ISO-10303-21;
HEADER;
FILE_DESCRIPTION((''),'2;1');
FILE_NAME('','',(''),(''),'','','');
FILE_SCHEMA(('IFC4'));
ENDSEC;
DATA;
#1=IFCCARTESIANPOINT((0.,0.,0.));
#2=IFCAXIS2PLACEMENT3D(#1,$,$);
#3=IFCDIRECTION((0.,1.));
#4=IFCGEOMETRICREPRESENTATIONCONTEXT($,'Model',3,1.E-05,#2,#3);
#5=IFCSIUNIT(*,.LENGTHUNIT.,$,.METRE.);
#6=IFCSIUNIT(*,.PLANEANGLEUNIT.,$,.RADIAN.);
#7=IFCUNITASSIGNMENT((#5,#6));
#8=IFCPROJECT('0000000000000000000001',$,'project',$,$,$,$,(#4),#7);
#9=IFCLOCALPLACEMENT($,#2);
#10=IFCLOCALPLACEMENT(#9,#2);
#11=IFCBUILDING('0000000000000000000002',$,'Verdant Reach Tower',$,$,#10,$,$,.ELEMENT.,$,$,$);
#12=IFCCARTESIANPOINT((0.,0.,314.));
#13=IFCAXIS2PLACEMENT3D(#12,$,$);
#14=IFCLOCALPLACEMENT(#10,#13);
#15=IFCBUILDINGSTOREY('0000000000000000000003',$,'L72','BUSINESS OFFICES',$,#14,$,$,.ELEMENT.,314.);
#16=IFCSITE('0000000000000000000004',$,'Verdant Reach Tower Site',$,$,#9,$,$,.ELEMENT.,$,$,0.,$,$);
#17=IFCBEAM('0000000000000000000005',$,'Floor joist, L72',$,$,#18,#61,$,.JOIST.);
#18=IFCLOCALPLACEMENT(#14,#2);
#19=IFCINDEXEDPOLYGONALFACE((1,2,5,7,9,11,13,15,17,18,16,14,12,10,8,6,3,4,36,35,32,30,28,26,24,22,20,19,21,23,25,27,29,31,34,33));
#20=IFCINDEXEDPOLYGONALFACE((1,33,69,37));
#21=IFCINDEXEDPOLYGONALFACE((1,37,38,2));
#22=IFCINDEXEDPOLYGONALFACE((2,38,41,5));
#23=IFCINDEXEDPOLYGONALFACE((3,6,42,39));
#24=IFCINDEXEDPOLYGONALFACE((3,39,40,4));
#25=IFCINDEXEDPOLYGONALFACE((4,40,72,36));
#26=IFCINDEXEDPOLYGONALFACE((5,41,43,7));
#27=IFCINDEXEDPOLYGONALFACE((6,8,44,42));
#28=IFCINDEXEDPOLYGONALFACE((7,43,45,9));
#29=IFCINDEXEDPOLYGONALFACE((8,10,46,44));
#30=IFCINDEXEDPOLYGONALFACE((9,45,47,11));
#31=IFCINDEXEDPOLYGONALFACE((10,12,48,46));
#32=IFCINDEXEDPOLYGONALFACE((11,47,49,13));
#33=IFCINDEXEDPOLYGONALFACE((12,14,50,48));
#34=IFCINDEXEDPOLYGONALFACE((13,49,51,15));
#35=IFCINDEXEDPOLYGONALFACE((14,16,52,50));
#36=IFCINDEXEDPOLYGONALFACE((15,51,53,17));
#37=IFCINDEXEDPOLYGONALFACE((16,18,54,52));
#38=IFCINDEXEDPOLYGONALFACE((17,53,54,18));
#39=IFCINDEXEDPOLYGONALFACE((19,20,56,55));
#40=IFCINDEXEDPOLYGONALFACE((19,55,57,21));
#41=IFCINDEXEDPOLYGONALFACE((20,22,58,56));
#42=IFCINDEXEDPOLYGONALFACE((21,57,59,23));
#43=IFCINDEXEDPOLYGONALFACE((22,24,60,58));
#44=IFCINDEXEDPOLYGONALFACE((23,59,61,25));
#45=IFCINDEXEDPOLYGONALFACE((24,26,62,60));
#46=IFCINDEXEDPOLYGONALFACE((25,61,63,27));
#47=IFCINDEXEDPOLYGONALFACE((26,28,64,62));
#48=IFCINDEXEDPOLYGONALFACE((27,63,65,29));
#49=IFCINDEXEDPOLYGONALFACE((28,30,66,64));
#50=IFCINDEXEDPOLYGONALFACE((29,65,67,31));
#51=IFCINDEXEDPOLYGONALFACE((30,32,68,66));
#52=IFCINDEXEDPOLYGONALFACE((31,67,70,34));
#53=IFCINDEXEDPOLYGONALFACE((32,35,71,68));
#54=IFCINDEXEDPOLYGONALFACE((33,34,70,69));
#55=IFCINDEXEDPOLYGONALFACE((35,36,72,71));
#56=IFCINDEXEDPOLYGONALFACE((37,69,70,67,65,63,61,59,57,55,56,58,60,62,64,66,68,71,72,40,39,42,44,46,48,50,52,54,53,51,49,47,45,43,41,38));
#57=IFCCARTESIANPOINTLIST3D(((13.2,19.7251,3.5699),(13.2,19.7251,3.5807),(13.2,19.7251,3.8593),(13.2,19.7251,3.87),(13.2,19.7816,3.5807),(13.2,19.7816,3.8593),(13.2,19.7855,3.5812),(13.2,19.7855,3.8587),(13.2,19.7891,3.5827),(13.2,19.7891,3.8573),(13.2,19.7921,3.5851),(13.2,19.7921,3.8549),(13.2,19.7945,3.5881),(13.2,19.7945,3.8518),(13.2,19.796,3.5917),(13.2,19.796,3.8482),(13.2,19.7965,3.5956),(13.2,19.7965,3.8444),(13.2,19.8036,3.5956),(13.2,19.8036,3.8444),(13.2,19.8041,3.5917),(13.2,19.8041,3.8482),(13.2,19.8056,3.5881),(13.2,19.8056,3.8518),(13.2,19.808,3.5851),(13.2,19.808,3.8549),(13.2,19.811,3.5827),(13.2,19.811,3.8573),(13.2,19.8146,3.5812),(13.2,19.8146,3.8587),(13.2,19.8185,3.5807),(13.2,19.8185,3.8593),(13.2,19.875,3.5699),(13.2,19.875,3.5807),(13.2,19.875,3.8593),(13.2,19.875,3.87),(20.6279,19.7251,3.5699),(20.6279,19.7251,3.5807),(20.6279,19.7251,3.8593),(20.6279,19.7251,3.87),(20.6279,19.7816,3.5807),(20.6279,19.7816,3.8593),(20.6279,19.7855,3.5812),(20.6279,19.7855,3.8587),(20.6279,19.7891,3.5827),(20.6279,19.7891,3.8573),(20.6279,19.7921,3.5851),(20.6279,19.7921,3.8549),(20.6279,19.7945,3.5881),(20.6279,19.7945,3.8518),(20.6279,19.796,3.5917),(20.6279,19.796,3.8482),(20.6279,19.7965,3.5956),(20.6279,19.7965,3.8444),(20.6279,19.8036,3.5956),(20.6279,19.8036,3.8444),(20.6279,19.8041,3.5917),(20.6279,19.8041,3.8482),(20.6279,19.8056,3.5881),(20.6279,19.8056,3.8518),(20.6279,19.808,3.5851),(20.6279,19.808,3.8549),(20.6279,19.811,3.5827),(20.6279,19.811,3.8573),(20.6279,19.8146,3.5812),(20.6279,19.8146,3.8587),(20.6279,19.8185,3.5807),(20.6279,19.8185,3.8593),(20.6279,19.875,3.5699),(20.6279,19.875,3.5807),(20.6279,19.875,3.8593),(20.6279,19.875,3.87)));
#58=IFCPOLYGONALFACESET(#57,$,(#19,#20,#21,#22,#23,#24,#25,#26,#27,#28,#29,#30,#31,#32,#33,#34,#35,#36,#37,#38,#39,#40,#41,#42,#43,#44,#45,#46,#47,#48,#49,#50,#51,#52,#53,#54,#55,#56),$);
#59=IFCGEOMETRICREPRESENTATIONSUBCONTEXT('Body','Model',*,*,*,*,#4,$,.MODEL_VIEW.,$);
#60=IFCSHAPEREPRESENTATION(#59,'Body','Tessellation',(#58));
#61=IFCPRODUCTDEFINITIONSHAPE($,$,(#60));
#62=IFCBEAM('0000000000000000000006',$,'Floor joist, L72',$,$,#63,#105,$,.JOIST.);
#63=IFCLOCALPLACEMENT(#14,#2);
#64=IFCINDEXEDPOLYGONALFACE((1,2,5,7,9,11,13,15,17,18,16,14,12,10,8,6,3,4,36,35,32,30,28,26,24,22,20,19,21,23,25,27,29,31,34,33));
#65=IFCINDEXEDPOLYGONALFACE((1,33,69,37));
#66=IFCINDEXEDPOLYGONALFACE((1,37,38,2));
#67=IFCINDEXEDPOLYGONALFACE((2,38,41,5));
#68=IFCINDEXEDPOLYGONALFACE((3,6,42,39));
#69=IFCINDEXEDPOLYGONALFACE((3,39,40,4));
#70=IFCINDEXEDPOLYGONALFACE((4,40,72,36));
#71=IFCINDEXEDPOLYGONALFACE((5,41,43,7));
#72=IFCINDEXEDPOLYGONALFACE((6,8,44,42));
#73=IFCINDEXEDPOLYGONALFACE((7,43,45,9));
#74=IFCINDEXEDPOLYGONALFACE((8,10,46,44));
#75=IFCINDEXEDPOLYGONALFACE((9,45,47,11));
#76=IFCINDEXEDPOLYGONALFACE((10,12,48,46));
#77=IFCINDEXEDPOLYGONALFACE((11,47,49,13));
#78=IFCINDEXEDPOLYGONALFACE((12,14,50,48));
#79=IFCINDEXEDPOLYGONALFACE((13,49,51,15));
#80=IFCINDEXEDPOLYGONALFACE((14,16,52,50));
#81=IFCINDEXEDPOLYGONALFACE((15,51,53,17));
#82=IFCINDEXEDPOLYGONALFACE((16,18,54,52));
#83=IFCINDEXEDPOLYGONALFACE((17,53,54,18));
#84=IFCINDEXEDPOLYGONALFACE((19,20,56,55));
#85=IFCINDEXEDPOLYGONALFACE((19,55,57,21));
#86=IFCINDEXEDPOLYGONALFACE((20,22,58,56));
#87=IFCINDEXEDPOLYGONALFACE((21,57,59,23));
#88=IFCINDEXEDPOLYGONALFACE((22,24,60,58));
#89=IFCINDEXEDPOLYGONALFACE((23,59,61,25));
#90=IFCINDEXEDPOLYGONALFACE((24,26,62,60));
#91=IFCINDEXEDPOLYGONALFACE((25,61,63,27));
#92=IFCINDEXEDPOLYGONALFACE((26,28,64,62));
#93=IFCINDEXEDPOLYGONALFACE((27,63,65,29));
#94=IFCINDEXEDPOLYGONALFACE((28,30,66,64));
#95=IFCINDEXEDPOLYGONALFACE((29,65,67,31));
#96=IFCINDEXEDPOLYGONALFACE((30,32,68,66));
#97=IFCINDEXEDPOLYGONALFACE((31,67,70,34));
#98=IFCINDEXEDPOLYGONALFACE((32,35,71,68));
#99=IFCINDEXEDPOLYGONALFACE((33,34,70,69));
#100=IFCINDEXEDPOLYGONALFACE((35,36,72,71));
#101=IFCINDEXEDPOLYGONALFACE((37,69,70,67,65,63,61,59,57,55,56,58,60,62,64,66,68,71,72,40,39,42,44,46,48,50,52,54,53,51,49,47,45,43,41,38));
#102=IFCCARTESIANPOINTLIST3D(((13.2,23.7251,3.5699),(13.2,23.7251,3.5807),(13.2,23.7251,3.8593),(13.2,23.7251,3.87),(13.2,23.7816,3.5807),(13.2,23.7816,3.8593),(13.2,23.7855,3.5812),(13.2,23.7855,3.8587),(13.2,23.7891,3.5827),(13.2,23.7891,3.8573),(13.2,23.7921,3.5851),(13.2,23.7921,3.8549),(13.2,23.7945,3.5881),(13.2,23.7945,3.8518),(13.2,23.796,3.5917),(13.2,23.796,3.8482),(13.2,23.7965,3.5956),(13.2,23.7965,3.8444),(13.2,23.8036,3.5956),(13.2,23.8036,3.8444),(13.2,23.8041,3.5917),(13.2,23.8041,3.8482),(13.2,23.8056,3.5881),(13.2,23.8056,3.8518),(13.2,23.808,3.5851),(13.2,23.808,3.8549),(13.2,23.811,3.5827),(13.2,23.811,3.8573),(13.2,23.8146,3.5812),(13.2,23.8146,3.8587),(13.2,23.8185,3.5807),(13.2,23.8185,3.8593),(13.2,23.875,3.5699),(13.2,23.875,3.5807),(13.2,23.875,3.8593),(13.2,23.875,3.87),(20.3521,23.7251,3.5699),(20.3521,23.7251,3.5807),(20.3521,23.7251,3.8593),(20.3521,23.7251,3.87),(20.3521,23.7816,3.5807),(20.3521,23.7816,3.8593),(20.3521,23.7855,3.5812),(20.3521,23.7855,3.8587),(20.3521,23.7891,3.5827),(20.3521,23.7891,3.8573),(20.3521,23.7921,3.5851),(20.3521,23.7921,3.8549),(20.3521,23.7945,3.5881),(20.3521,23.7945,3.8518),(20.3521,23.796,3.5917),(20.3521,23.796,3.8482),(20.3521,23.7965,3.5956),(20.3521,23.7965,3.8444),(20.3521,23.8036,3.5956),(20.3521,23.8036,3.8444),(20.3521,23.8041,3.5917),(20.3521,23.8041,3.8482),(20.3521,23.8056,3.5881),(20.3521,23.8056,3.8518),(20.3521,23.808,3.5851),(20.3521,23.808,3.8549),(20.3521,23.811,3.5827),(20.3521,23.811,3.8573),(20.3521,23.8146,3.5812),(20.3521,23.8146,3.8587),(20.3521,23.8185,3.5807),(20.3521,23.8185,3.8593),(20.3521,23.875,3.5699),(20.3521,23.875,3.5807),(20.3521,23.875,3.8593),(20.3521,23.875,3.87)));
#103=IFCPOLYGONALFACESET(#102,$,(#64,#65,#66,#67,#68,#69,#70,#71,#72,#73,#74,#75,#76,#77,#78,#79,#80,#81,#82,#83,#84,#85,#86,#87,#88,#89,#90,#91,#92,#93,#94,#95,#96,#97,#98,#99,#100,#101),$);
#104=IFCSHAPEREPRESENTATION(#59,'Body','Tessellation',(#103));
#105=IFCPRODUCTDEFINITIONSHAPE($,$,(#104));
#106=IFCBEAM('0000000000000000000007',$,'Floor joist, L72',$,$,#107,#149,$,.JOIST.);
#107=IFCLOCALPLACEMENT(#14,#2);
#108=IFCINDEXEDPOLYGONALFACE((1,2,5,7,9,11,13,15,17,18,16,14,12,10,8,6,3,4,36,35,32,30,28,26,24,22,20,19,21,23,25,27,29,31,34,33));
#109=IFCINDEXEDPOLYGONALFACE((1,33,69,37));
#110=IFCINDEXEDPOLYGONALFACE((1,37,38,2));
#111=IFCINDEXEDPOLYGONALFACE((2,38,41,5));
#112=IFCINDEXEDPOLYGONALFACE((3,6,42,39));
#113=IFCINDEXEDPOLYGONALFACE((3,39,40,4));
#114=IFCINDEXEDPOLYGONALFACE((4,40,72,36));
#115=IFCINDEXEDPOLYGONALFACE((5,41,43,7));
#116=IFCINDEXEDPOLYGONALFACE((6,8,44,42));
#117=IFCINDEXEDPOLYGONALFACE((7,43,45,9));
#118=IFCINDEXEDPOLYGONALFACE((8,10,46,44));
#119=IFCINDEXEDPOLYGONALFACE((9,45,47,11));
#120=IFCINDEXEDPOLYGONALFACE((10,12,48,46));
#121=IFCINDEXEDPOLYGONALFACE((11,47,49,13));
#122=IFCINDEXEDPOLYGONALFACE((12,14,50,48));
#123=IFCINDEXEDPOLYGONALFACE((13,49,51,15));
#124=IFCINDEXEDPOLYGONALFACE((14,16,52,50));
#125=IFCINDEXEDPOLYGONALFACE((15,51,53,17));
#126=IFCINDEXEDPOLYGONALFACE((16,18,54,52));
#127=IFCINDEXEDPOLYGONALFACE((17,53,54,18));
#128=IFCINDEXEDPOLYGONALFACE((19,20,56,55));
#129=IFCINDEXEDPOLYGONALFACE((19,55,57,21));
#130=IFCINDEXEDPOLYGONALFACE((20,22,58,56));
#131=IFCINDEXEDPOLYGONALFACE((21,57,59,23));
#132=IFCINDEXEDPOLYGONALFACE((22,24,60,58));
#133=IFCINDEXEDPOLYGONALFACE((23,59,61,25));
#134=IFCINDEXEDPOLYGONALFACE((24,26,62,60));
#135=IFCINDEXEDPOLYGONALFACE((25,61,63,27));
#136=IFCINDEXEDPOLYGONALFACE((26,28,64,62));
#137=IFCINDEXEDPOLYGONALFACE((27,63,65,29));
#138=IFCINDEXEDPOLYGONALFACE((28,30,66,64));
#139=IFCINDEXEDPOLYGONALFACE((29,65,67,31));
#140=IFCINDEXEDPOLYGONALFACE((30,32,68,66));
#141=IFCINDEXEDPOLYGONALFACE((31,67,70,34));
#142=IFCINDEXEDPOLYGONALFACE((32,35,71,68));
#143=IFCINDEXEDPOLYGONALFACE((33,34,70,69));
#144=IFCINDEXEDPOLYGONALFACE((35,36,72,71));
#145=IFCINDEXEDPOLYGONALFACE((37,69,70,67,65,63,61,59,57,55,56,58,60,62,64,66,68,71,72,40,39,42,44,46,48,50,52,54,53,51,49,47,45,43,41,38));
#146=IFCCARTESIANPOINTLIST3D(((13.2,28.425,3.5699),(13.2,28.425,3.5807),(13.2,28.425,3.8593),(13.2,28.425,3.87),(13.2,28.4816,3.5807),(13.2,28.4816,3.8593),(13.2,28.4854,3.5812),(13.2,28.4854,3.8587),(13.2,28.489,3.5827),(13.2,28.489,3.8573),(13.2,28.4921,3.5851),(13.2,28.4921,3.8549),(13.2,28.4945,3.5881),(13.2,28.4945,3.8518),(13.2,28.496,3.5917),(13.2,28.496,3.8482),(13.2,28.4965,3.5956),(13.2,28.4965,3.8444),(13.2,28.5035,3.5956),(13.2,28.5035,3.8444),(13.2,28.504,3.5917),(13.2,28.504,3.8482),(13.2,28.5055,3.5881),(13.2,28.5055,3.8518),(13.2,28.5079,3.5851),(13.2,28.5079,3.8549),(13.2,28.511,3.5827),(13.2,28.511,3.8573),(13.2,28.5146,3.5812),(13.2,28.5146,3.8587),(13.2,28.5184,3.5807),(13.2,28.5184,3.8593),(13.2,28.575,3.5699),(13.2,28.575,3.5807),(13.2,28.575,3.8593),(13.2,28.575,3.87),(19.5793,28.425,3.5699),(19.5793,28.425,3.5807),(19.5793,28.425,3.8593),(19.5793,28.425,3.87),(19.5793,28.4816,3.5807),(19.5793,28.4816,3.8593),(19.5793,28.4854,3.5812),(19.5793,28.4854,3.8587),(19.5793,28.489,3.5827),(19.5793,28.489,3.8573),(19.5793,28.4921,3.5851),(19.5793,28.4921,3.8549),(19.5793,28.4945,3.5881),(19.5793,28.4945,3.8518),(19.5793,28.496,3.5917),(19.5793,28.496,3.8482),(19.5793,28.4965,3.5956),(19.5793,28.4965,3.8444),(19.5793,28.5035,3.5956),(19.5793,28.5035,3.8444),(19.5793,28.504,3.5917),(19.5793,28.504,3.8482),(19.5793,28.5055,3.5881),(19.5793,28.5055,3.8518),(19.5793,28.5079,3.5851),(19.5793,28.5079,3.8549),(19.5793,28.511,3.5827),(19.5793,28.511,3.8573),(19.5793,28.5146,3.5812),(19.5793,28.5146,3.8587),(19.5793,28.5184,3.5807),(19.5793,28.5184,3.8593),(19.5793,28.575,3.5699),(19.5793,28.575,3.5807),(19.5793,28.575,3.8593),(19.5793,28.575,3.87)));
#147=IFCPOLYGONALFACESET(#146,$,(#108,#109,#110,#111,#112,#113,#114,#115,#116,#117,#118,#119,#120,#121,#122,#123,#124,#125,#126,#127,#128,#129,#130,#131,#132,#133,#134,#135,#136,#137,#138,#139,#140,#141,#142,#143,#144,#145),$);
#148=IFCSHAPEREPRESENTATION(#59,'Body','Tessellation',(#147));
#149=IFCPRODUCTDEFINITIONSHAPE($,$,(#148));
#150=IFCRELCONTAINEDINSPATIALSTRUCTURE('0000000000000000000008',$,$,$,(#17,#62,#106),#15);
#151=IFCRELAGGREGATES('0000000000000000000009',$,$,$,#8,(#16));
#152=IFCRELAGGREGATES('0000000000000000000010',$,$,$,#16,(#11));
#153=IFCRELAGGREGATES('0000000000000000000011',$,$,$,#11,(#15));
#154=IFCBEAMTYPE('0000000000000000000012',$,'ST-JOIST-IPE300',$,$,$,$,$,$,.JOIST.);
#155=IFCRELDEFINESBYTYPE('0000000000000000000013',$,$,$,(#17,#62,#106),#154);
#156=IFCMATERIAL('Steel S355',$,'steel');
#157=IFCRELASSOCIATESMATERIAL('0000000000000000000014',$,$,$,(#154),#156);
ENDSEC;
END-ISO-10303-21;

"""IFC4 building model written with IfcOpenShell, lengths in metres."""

from ifc_helpers import new_model, si_unit, direction, frame, origin, origin_2d, place, context, subcontext, project, spatial, i_section, extrude, material, material_profile, profile_set, type_object, element, save


model = new_model("IFC4")

# Units and contexts
model_context = context("Model", 3, precision=1e-05, world=origin(), true_north=direction((0.0, 1.0)))
body_context = subcontext(model_context, "Body", "Model", "MODEL_VIEW")
ifc_project = project(units=[si_unit("LENGTHUNIT", "METRE"), si_unit("PLANEANGLEUNIT", "RADIAN")], contexts=[model_context])

# Site, building, storey
site_placement = place(None, origin())
site = spatial("IfcSite", under=ifc_project, at=site_placement, Name="Verdant Reach Tower Site", CompositionType="ELEMENT", RefElevation=0.0)
building_placement = place(site_placement, origin())
building = spatial("IfcBuilding", under=site, at=building_placement, Name="Verdant Reach Tower", CompositionType="ELEMENT")
storey_placement = place(building_placement, frame((0.0, 0.0, 314.0)))
storey = spatial("IfcBuildingStorey", under=building, at=storey_placement, Name="L72", Description="BUSINESS OFFICES", CompositionType="ELEMENT", Elevation=314.0)

# Beams
ifc_material_1 = material(Name="Steel S355", Category="steel")
ifc_material_profile = material_profile(ifc_material_1, i_section(OverallWidth=0.1499, OverallDepth=0.3, WebThickness=0.0071, FlangeThickness=0.0107, FilletRadius=0.0149, at=origin_2d()), Name="IPE 300")
ifc_profile_set = profile_set([ifc_material_profile], Name="Steel S355")
beam_type = type_object("IfcBeamType", Name="ST-JOIST-IPE300", PredefinedType="JOIST", material=ifc_profile_set)
beam_1_placement = place(storey_placement, frame((13.2, 19.8, 3.72), z_axis=(1.0, 0.0, 0.0), x_axis=(0.0, 1.0, 0.0)))
element("IfcBeam", 1, at=beam_1_placement, inside=storey, type_object=beam_type, Name="Floor joist, L72", PredefinedType="JOIST", context=body_context, shape_type="SweptSolid", body=[
    extrude(i_section(OverallWidth=0.1499, OverallDepth=0.3, WebThickness=0.0071, FlangeThickness=0.0107, FilletRadius=0.0149, at=origin_2d()), origin(), (0.0, 0.0, 1.0), 7.428),
])
beam_2_placement = place(storey_placement, frame((13.2, 23.8, 3.72), z_axis=(1.0, 0.0, 0.0), x_axis=(0.0, 1.0, 0.0)))
element("IfcBeam", 2, at=beam_2_placement, inside=storey, type_object=beam_type, Name="Floor joist, L72", PredefinedType="JOIST", context=body_context, shape_type="SweptSolid", body=[
    extrude(i_section(OverallWidth=0.1499, OverallDepth=0.3, WebThickness=0.0071, FlangeThickness=0.0107, FilletRadius=0.0149, at=origin_2d()), origin(), (0.0, 0.0, 1.0), 7.1521),
])
beam_3_placement = place(storey_placement, frame((13.2, 28.5, 3.72), z_axis=(1.0, 0.0, 0.0), x_axis=(0.0, 1.0, 0.0)))
element("IfcBeam", 3, at=beam_3_placement, inside=storey, type_object=beam_type, Name="Floor joist, L72", PredefinedType="JOIST", context=body_context, shape_type="SweptSolid", body=[
    extrude(i_section(OverallWidth=0.1499, OverallDepth=0.3, WebThickness=0.0071, FlangeThickness=0.0107, FilletRadius=0.0149, at=origin_2d()), origin(), (0.0, 0.0, 1.0), 6.3794),
])

save(model, "model.ifc")
